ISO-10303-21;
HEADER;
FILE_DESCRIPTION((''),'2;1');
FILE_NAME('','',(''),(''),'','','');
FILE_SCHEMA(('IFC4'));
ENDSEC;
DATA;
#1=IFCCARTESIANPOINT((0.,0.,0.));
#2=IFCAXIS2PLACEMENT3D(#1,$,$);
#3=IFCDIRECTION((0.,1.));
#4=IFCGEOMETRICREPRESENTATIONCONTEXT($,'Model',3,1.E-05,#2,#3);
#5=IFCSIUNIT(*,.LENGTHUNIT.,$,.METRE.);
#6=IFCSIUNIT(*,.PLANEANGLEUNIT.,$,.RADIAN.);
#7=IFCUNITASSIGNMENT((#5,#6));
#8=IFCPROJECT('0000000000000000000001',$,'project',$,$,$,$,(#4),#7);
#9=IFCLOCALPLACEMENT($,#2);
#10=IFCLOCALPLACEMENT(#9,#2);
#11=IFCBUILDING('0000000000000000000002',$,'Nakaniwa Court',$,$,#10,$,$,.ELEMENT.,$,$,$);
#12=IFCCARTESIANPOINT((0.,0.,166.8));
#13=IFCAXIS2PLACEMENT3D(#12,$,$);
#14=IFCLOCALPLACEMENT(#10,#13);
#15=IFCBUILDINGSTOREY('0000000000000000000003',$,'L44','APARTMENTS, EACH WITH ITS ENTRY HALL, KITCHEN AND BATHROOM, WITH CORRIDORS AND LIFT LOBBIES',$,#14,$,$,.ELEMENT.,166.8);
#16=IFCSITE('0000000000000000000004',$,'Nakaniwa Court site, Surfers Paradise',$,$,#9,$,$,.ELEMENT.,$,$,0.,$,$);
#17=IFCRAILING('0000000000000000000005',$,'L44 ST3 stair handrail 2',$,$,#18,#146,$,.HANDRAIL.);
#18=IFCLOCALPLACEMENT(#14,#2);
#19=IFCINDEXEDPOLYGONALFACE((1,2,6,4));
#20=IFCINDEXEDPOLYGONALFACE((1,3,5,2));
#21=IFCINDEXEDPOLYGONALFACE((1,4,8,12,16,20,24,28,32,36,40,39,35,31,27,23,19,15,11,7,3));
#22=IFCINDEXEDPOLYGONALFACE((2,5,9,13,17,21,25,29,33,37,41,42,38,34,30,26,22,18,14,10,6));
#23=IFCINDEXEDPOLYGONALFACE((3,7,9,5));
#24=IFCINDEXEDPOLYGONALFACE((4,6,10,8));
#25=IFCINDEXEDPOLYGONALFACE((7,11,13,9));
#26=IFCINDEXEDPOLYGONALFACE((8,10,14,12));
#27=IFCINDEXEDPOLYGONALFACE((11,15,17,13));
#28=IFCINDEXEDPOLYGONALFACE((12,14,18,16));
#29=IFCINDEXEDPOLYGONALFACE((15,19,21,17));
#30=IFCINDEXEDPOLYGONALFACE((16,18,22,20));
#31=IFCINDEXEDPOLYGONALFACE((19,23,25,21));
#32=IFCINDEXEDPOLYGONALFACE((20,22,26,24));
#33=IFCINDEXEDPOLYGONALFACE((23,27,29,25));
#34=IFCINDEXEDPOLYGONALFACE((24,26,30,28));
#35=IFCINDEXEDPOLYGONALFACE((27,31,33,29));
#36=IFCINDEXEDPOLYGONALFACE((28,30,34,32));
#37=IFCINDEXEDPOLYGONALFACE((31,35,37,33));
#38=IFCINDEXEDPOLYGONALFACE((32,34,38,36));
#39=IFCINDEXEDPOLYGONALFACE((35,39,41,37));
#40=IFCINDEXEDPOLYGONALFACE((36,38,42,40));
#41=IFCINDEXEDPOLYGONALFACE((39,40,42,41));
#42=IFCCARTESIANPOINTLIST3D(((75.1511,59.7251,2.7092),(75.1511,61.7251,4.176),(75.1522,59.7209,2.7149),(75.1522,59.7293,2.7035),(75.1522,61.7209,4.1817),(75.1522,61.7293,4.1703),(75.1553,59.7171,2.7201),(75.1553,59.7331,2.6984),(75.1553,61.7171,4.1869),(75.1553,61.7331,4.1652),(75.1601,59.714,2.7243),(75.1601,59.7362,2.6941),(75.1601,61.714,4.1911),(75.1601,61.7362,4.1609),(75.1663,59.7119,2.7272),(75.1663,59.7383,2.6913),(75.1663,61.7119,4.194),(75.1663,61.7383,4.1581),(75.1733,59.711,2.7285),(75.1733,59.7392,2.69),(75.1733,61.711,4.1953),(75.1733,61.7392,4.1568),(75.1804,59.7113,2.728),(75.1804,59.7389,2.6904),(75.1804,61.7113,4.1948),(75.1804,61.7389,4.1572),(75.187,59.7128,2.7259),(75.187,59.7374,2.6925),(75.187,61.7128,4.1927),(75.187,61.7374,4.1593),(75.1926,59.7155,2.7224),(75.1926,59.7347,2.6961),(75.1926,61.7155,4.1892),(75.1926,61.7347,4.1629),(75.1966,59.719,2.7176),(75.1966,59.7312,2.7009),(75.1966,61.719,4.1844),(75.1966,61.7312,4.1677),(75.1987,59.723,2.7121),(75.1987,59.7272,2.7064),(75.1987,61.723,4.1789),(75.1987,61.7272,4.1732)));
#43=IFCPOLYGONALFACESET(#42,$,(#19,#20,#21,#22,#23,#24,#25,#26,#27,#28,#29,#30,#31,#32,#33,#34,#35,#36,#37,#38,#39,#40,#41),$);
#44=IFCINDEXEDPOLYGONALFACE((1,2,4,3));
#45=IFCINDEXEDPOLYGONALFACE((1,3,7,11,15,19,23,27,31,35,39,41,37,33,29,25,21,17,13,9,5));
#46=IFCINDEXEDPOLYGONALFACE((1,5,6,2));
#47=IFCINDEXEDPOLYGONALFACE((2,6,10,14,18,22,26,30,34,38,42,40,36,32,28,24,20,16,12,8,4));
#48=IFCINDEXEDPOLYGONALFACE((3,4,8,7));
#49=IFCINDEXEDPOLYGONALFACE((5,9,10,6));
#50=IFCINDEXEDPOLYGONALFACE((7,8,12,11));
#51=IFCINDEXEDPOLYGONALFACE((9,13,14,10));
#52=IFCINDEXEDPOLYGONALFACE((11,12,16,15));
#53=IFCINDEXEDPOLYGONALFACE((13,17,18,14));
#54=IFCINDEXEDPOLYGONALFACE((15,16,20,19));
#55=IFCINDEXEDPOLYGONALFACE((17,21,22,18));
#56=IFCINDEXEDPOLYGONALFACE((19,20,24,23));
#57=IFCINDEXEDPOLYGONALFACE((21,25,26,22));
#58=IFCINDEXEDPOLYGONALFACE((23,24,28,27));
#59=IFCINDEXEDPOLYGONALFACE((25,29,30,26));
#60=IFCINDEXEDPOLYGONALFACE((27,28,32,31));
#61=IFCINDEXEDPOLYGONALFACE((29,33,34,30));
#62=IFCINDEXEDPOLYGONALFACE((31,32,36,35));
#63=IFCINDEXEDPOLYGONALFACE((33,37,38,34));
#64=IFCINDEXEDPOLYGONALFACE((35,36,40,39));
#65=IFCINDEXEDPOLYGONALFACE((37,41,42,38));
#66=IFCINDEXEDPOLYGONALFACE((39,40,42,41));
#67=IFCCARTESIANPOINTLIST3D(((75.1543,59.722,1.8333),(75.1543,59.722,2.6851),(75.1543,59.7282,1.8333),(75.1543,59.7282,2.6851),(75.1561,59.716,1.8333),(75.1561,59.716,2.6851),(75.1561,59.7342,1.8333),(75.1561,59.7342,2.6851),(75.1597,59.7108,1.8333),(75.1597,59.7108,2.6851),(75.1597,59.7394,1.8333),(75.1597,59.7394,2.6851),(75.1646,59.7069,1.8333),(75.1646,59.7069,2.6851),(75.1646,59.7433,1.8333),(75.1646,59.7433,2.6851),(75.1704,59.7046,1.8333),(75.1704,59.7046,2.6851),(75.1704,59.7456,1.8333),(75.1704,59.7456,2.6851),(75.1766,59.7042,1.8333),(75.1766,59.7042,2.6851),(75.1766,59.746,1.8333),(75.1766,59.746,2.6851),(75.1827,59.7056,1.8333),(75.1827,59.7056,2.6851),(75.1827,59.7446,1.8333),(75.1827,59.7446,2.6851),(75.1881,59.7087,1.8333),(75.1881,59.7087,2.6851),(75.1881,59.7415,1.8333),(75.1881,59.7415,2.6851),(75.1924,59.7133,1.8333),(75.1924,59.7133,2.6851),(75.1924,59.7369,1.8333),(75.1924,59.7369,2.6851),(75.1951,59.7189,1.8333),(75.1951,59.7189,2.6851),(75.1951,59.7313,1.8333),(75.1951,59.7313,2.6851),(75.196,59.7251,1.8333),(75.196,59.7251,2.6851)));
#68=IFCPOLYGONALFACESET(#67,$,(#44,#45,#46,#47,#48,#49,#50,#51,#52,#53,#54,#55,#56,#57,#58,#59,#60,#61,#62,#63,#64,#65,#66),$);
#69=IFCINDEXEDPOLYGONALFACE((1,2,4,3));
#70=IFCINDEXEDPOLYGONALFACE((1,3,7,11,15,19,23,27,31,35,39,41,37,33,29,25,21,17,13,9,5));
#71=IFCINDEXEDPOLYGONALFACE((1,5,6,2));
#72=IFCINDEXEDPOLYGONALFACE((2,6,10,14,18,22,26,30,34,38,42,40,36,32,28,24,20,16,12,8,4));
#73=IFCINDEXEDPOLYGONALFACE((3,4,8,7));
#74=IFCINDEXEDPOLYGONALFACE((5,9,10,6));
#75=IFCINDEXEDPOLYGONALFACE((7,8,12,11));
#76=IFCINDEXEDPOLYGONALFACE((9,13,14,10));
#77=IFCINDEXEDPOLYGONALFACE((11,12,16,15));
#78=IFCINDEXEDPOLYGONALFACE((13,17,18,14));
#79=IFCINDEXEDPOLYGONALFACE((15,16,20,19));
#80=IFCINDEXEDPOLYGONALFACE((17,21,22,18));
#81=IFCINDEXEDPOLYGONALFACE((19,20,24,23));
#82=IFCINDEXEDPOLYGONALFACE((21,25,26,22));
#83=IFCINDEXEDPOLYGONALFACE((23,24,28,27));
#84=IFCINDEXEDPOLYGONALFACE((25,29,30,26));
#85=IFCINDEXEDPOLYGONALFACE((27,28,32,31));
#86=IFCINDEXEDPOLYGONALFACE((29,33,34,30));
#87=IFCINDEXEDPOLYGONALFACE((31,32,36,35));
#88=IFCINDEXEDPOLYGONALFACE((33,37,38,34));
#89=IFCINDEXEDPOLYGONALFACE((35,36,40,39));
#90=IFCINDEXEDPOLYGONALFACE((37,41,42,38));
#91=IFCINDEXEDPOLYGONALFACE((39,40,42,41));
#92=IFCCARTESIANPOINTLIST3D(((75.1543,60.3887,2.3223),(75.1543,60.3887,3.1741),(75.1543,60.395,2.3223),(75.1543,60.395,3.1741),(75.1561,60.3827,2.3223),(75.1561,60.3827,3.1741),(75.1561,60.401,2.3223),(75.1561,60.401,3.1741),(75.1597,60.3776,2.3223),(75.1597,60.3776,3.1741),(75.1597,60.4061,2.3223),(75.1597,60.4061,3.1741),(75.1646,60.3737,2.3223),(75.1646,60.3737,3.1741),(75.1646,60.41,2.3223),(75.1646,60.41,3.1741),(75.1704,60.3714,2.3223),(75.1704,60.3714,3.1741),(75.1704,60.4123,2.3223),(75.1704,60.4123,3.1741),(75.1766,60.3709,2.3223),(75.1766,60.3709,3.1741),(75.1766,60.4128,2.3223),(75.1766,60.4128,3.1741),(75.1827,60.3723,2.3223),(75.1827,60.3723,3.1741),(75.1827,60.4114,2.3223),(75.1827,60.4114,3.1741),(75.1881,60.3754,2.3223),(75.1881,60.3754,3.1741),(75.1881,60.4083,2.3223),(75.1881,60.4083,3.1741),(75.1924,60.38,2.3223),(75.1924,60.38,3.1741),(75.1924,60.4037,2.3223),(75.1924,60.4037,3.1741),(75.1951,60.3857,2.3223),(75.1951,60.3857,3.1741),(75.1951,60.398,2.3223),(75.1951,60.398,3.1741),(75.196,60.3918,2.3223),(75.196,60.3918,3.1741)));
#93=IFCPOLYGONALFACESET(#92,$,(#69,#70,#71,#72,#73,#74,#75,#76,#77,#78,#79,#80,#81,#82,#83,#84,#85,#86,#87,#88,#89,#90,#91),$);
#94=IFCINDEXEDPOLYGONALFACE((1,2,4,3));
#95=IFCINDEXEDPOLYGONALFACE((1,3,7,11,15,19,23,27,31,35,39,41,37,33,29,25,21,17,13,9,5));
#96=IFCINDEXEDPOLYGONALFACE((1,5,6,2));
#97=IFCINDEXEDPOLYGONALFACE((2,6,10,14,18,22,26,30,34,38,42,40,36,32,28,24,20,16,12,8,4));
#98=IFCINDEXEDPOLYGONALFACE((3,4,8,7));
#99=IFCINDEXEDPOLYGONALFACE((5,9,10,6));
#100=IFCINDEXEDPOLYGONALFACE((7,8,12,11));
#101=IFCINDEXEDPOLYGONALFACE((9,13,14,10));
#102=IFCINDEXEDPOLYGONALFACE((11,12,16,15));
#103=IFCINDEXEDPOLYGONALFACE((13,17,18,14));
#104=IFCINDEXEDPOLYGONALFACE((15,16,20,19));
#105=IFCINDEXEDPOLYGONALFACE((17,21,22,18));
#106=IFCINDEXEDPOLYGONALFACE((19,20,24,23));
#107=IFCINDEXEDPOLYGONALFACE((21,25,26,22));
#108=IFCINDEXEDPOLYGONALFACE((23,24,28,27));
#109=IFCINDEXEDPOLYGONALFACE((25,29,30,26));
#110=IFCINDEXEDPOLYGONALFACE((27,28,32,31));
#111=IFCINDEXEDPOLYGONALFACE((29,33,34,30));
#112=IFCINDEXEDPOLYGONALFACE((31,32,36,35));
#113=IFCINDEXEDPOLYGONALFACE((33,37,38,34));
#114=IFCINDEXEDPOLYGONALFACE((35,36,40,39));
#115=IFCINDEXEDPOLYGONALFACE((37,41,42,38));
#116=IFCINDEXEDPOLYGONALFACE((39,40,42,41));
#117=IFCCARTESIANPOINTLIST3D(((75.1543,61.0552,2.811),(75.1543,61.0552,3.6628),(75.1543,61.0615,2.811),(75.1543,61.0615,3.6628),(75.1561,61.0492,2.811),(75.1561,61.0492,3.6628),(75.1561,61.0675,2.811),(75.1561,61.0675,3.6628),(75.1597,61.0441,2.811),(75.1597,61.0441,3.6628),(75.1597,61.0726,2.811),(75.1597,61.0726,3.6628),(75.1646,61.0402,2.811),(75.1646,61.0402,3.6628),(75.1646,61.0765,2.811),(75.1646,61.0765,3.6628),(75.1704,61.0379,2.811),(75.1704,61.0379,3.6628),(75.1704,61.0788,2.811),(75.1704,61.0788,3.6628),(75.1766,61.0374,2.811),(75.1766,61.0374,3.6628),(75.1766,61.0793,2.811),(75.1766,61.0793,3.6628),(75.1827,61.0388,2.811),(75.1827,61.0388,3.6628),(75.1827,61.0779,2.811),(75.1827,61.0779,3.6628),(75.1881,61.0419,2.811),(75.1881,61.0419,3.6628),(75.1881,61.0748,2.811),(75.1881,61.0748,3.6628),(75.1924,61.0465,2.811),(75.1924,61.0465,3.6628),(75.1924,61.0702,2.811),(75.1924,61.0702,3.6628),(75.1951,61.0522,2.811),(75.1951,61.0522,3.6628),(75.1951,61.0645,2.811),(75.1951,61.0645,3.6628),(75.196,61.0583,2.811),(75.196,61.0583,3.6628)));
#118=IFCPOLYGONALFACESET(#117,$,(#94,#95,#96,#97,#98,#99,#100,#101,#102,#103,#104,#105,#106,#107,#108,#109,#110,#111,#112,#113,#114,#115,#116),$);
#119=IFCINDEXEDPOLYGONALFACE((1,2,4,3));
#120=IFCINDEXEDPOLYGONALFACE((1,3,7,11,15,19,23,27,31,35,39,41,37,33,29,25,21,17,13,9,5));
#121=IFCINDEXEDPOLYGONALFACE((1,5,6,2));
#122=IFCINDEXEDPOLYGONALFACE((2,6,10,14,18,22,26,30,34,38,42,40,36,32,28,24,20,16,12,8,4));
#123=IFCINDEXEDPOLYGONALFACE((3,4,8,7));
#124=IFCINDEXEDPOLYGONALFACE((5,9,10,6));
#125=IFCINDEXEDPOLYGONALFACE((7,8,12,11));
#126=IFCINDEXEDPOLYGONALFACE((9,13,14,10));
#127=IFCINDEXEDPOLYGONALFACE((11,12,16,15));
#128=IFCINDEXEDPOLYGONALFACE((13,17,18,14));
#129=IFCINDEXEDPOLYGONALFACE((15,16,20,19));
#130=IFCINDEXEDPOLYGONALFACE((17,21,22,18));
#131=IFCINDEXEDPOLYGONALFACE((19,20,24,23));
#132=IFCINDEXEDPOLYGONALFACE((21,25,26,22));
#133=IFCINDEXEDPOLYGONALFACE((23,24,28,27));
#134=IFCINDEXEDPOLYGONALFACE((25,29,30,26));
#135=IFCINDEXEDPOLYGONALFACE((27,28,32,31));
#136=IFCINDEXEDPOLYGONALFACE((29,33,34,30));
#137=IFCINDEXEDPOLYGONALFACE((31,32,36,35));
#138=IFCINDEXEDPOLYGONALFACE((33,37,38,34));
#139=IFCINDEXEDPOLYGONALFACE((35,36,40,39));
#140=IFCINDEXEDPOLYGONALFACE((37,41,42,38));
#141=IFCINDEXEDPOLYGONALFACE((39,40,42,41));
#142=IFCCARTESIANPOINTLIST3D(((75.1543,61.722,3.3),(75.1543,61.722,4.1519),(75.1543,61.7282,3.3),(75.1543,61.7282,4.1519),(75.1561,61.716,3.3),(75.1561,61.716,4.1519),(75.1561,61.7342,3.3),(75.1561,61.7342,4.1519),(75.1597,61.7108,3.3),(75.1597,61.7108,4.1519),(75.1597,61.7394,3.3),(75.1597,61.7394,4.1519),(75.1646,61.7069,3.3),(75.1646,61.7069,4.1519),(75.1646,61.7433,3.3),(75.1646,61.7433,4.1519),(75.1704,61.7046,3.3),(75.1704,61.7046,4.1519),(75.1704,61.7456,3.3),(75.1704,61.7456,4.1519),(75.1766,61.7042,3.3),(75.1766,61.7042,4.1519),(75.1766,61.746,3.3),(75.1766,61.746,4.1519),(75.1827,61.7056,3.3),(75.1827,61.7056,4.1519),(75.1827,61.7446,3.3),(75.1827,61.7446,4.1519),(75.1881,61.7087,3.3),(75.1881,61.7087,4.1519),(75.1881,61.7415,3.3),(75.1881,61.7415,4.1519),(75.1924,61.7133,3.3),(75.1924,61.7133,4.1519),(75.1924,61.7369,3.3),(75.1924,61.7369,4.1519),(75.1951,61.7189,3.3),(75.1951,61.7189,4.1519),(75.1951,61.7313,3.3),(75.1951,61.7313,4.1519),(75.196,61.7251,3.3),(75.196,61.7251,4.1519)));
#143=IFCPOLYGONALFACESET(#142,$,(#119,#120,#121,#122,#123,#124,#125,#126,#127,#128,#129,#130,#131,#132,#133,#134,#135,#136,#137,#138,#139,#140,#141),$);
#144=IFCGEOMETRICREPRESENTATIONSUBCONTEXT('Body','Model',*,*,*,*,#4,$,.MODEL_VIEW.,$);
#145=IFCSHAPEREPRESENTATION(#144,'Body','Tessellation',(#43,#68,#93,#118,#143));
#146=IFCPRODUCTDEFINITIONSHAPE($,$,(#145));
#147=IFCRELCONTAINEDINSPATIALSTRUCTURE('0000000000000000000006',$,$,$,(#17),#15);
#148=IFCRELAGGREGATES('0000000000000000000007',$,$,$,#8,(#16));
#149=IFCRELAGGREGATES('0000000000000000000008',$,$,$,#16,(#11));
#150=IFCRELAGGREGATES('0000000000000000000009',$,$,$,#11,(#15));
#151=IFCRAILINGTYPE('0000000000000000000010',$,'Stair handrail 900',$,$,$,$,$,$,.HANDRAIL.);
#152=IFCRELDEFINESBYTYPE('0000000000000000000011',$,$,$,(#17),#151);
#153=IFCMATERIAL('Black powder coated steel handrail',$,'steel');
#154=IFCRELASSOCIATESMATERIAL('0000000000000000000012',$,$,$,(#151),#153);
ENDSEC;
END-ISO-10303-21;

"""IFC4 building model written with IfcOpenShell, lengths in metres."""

from ifc_helpers import new_model, si_unit, direction, frame, origin, origin_2d, place, context, subcontext, project, spatial, circle, extrude, material, type_object, element, save


model = new_model("IFC4")

# Units and contexts
model_context = context("Model", 3, precision=1e-05, world=origin(), true_north=direction((0.0, 1.0)))
body_context = subcontext(model_context, "Body", "Model", "MODEL_VIEW")
ifc_project = project(units=[si_unit("LENGTHUNIT", "METRE"), si_unit("PLANEANGLEUNIT", "RADIAN")], contexts=[model_context])

# Site, building, storey
site_placement = place(None, origin())
site = spatial("IfcSite", under=ifc_project, at=site_placement, Name="Nakaniwa Court site, Surfers Paradise", CompositionType="ELEMENT", RefElevation=0.0)
building_placement = place(site_placement, origin())
building = spatial("IfcBuilding", under=site, at=building_placement, Name="Nakaniwa Court", CompositionType="ELEMENT")
storey_placement = place(building_placement, frame((0.0, 0.0, 166.8)))
storey = spatial("IfcBuildingStorey", under=building, at=storey_placement, Name="L44", Description="APARTMENTS, EACH WITH ITS ENTRY HALL, KITCHEN AND BATHROOM, WITH CORRIDORS AND LIFT LOBBIES", CompositionType="ELEMENT", Elevation=166.8)

# Railing
ifc_material_1 = material(Name="Black powder coated steel handrail", Category="steel")
railing_type_1 = type_object("IfcRailingType", Name="Stair handrail 900", PredefinedType="HANDRAIL", material=ifc_material_1)
railing_1_placement = place(storey_placement, frame((75.175, 59.7251, 1.8333)))
element("IfcRailing", 1, at=railing_1_placement, inside=storey, type_object=railing_type_1, Name="L44 ST3 stair handrail 2", PredefinedType="HANDRAIL", context=body_context, shape_type="SweptSolid", body=[
    extrude(circle(Radius=0.0239, at=origin_2d()), frame((0.0, 0.0, 0.876), z_axis=(0.0, 0.80638, 0.591398), x_axis=(-1.0, 0.0, 0.0)), (0.0, 0.0, 1.0), 2.4802),
    extrude(circle(Radius=0.021, at=origin_2d()), origin(), (0.0, 0.0, 1.0), 0.8518),
    extrude(circle(Radius=0.021, at=origin_2d()), frame((0.0, 0.6667, 0.489)), (0.0, 0.0, 1.0), 0.8518),
    extrude(circle(Radius=0.021, at=origin_2d()), frame((0.0, 1.3333, 0.9778)), (0.0, 0.0, 1.0), 0.8518),
    extrude(circle(Radius=0.021, at=origin_2d()), frame((0.0, 2.0, 1.4668)), (0.0, 0.0, 1.0), 0.8518),
])

save(model, "model.ifc")
